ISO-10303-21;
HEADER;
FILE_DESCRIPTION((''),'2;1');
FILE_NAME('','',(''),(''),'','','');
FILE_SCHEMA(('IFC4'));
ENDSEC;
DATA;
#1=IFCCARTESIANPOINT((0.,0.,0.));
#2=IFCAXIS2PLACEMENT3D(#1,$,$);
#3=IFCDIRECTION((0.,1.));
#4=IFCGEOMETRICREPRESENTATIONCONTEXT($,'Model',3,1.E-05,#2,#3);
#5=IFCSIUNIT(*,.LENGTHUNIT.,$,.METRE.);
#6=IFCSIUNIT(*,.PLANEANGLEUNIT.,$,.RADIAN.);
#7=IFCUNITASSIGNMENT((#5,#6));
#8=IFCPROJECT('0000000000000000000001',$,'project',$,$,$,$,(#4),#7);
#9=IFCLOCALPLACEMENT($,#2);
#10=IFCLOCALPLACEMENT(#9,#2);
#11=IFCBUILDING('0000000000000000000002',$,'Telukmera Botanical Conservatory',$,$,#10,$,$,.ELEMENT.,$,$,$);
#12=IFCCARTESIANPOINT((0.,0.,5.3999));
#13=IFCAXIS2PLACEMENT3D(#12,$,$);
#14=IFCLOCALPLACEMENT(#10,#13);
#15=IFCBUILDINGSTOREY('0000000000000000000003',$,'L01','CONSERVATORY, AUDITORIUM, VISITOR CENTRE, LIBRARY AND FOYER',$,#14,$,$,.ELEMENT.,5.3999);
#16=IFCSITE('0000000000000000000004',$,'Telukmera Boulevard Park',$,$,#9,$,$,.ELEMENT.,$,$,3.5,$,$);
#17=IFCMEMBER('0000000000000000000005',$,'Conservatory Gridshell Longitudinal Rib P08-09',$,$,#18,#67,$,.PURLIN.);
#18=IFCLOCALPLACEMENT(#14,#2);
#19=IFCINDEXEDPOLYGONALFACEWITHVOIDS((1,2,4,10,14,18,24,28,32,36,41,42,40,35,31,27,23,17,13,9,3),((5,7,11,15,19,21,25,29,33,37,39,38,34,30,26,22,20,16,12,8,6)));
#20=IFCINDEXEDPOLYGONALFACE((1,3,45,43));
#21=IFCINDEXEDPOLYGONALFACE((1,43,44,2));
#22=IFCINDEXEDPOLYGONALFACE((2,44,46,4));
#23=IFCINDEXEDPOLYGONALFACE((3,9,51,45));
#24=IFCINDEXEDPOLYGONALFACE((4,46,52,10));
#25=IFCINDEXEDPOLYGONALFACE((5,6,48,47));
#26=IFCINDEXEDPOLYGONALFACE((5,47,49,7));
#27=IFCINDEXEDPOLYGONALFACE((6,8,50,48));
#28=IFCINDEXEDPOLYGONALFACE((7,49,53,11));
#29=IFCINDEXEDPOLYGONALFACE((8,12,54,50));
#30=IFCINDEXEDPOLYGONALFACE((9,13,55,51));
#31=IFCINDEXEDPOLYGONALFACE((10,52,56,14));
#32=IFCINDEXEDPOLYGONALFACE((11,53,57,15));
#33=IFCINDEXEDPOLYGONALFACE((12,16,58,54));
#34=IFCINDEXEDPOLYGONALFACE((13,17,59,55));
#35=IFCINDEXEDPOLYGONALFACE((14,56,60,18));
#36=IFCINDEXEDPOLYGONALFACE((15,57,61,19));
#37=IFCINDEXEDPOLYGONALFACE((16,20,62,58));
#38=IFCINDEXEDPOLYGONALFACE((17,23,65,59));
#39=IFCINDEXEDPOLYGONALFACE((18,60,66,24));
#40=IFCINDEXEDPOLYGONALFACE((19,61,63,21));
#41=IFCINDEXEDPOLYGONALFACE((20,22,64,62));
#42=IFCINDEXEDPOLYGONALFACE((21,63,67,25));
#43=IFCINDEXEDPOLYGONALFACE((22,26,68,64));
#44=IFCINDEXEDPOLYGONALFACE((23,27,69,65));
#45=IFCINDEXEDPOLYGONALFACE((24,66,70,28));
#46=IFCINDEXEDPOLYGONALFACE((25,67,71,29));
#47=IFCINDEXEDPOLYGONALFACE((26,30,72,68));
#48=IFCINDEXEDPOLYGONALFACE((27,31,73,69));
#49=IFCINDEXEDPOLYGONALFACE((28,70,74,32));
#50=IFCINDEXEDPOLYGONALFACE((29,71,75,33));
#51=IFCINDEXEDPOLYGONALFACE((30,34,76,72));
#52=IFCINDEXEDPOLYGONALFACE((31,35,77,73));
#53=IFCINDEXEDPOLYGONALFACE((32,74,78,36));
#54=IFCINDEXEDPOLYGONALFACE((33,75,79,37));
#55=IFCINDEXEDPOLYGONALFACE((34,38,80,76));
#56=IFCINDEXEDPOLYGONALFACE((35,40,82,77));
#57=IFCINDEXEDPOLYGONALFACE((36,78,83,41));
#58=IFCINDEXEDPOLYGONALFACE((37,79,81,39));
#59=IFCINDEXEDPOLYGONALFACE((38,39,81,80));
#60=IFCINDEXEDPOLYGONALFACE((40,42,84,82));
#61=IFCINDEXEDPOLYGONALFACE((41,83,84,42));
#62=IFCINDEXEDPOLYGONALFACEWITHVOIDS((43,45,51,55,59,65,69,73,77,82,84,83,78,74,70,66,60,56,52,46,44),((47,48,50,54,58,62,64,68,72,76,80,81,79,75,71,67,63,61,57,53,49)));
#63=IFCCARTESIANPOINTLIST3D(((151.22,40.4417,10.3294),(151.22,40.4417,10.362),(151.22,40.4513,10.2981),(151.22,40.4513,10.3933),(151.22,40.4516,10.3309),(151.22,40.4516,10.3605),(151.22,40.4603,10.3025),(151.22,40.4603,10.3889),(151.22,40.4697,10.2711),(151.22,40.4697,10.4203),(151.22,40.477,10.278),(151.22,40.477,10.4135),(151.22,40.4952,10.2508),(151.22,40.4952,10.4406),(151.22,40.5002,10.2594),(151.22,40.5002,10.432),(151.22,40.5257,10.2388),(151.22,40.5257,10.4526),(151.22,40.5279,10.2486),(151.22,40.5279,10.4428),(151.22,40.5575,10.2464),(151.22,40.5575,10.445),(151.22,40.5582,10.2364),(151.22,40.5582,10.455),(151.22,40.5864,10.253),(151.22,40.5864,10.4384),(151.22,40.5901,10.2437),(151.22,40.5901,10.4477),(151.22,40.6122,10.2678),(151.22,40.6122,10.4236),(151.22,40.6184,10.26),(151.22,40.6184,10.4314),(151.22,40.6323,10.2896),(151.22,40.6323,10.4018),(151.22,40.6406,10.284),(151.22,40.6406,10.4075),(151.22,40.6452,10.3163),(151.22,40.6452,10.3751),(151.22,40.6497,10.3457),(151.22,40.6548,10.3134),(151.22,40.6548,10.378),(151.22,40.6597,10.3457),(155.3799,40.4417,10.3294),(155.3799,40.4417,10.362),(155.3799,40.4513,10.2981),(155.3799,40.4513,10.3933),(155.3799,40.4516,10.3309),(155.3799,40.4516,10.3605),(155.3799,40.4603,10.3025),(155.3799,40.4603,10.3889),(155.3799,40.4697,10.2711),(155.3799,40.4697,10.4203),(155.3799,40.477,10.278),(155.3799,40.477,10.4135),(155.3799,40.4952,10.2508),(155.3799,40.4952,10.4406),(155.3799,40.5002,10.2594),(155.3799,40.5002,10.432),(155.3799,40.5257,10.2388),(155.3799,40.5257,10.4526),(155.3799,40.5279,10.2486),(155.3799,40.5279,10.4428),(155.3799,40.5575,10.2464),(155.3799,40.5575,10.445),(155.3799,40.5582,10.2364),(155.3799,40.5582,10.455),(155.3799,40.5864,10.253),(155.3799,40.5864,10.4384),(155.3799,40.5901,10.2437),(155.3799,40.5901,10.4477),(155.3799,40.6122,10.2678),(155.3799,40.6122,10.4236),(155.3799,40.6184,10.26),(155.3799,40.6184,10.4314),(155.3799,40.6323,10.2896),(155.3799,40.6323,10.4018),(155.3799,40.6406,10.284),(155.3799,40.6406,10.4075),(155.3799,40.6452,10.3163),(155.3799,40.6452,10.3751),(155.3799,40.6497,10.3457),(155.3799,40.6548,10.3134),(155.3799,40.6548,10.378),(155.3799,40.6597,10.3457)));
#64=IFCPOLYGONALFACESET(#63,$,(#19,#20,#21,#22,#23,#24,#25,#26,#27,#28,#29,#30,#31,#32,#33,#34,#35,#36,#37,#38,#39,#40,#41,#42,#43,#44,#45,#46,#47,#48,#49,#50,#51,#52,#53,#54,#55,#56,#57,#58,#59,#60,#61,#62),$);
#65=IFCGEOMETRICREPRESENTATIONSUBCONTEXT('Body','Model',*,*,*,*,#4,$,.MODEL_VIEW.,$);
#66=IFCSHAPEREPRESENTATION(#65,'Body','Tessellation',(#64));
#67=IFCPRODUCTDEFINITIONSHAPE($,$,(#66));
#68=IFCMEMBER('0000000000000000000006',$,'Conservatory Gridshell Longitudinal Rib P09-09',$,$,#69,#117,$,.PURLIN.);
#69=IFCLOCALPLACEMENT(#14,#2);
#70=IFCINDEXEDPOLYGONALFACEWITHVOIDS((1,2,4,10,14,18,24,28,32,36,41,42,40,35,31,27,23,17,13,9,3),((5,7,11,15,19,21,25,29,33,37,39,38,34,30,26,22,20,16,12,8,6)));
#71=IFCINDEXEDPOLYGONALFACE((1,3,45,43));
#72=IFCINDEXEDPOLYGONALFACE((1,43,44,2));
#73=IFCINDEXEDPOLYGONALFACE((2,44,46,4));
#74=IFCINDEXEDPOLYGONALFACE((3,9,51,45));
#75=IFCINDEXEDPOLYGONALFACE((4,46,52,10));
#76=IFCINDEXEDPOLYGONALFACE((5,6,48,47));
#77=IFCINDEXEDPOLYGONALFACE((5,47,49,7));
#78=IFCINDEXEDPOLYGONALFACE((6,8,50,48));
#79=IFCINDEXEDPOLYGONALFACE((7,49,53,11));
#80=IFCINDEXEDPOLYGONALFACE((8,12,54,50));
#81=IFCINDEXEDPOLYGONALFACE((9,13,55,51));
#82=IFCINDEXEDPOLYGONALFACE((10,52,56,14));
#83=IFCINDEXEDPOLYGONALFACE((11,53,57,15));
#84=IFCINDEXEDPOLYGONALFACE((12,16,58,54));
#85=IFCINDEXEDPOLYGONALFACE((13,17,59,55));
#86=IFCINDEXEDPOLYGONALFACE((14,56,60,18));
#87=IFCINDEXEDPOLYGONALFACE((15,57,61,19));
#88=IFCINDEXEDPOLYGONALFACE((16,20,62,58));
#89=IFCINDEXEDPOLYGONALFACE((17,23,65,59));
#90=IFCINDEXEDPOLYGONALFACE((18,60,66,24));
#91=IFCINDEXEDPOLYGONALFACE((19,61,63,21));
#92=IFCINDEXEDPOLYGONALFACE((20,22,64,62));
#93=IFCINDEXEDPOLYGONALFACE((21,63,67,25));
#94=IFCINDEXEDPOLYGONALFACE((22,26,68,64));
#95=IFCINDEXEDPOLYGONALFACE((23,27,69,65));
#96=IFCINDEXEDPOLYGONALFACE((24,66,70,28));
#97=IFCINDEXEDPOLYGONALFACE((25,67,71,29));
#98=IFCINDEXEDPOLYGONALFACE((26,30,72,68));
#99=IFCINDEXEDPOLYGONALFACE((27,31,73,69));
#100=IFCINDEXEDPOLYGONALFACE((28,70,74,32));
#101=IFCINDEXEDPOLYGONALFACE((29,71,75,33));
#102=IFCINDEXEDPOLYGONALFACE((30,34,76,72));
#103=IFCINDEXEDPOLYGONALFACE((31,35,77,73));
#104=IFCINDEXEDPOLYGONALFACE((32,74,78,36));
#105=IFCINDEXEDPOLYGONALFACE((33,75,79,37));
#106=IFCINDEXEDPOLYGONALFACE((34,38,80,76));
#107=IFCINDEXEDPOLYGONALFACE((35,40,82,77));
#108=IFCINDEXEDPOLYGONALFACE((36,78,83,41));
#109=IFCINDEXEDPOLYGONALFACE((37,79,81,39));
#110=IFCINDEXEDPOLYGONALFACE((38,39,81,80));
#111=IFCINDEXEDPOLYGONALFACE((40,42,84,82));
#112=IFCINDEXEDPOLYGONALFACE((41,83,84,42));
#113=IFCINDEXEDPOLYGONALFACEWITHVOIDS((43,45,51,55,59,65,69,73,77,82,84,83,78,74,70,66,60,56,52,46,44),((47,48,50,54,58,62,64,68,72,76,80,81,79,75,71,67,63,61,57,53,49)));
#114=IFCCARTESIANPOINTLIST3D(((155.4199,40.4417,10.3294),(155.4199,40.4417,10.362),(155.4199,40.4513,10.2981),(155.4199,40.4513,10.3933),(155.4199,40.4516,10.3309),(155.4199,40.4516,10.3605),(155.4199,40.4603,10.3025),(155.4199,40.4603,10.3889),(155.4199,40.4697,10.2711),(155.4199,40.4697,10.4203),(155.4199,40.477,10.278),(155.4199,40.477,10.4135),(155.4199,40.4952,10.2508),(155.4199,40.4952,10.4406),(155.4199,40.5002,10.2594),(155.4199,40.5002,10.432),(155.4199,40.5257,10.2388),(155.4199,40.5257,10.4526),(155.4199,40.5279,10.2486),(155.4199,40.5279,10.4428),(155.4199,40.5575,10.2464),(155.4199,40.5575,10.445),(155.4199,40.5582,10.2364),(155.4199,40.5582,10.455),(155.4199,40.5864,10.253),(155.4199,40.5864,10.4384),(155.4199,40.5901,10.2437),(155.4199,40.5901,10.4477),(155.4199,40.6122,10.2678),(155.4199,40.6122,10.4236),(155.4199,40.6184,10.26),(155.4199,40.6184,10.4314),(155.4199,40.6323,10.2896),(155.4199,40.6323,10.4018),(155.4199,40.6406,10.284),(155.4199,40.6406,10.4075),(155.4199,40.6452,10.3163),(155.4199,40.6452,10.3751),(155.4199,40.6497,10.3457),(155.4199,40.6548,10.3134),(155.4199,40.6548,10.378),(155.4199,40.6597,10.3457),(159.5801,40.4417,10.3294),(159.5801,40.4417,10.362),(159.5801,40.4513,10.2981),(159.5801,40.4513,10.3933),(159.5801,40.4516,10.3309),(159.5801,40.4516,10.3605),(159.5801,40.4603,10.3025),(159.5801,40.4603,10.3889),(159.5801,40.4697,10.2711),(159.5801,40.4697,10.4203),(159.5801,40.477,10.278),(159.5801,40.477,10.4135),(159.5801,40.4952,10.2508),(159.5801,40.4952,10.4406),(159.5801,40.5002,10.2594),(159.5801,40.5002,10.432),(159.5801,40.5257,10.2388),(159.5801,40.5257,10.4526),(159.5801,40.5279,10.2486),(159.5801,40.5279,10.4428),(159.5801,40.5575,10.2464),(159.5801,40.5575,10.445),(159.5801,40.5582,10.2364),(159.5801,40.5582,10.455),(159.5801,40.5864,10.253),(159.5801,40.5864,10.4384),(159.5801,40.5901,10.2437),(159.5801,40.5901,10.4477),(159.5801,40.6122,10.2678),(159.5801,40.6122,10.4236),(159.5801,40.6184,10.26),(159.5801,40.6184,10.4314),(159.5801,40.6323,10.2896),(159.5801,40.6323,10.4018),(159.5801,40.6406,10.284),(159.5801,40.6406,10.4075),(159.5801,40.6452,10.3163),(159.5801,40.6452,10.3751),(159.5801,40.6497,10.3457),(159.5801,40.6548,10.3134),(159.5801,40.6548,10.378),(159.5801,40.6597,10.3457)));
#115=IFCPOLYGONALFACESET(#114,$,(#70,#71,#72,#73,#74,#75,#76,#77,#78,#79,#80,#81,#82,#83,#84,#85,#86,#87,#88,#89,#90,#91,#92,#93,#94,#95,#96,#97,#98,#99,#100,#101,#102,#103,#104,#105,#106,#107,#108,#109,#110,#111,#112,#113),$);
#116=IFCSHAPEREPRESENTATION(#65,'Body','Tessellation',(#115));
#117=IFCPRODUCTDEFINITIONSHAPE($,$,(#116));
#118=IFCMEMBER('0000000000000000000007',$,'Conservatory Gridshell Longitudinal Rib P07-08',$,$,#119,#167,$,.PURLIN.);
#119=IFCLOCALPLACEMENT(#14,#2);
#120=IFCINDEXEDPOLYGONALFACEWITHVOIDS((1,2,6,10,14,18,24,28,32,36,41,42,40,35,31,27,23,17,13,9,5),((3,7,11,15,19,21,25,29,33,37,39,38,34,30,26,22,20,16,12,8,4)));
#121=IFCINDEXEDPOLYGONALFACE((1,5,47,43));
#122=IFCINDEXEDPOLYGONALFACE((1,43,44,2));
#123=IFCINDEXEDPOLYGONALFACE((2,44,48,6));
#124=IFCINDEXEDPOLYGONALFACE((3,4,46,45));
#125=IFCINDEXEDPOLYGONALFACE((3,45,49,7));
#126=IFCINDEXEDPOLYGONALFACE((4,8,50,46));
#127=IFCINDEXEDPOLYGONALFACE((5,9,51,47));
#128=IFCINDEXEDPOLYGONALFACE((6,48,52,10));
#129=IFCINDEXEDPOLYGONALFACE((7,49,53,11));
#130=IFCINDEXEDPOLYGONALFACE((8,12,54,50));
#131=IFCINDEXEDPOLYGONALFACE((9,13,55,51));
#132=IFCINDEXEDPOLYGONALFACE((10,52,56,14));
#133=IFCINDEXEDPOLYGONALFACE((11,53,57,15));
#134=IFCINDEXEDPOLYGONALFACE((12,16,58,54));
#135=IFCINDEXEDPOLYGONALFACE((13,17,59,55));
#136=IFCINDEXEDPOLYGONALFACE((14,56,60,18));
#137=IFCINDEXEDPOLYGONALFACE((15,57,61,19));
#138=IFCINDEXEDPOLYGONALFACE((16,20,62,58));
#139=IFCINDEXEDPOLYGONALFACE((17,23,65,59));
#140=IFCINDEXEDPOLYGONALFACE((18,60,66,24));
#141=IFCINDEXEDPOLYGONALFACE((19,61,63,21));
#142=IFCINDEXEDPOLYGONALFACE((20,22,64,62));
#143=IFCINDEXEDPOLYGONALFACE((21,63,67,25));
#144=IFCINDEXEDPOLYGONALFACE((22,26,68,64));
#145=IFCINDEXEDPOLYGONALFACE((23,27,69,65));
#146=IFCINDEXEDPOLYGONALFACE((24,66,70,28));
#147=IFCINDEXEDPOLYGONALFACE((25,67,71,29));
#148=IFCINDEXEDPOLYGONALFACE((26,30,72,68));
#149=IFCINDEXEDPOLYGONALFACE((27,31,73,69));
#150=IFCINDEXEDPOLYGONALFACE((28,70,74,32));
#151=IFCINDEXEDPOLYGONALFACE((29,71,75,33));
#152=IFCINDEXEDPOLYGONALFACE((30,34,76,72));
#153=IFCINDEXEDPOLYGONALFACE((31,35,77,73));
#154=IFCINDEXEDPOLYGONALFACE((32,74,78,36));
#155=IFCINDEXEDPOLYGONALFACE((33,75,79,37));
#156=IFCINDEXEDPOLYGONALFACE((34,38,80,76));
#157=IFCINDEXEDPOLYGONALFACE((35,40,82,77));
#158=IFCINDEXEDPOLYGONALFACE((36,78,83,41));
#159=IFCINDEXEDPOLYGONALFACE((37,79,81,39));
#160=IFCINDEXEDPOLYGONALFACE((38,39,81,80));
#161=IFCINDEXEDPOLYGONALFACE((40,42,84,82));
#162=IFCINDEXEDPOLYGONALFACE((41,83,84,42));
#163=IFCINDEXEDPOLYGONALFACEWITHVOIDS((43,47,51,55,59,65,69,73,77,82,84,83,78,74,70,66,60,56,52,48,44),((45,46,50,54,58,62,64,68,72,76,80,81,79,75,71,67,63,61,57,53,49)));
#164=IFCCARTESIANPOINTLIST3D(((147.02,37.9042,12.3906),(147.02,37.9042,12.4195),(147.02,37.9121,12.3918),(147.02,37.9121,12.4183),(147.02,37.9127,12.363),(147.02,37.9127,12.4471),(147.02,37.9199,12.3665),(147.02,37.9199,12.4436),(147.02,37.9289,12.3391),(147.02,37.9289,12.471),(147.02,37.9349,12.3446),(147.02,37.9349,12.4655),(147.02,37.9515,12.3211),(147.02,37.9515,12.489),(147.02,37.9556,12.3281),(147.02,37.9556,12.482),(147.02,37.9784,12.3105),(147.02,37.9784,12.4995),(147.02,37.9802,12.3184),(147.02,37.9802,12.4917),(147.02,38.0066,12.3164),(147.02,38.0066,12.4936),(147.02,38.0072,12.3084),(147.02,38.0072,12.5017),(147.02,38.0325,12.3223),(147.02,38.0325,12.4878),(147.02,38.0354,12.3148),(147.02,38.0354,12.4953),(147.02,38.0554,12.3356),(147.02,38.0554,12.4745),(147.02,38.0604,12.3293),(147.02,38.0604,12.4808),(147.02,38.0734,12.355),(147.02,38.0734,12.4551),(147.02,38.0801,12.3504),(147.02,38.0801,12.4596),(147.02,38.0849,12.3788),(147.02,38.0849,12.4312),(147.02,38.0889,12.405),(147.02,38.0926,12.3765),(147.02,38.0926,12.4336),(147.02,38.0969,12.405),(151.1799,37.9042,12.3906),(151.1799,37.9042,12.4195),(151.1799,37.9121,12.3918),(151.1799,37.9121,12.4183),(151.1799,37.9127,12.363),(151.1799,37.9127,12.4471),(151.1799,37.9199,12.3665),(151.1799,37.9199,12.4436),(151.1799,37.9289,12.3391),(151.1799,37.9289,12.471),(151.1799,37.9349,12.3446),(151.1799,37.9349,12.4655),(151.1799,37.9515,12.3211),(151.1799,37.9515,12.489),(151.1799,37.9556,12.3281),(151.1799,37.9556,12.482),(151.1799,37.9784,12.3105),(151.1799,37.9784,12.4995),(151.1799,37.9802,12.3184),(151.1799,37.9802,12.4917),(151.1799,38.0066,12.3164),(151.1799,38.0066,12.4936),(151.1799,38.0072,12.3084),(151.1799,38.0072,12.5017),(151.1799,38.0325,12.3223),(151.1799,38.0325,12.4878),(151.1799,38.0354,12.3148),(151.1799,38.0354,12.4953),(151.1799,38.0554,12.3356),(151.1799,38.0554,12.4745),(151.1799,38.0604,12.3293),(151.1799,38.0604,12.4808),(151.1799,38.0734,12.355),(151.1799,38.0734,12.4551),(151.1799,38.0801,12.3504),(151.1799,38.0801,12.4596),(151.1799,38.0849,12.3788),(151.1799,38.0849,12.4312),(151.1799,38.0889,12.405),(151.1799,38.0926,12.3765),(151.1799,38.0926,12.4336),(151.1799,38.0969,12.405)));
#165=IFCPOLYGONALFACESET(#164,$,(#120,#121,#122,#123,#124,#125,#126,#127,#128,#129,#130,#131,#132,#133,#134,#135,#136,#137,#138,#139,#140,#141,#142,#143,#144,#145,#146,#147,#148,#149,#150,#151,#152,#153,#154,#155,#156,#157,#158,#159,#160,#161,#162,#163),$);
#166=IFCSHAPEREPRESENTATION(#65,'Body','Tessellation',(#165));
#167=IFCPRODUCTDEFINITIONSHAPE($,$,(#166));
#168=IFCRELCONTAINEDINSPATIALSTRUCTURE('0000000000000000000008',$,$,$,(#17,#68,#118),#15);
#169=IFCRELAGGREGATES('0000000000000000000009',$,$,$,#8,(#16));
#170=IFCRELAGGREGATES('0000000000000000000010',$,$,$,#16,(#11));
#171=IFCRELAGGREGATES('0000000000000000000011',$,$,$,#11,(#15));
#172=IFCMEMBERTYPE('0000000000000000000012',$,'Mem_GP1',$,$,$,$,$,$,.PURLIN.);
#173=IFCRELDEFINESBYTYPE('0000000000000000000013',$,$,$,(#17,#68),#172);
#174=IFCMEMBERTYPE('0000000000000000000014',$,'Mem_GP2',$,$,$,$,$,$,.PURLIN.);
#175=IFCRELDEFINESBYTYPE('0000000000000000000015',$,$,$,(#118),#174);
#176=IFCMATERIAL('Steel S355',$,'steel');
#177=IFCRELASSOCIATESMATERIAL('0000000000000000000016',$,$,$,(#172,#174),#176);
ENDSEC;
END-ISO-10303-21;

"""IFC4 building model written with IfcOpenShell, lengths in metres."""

from ifc_helpers import new_model, si_unit, direction, frame, origin, origin_2d, place, context, subcontext, project, spatial, hollow_circle, extrude, material, material_profile, profile_set, type_object, element, save


model = new_model("IFC4")

# Units and contexts
model_context = context("Model", 3, precision=1e-05, world=origin(), true_north=direction((0.0, 1.0)))
body_context = subcontext(model_context, "Body", "Model", "MODEL_VIEW")
ifc_project = project(units=[si_unit("LENGTHUNIT", "METRE"), si_unit("PLANEANGLEUNIT", "RADIAN")], contexts=[model_context])

# Site, building, storey
site_placement = place(None, origin())
site = spatial("IfcSite", under=ifc_project, at=site_placement, Name="Telukmera Boulevard Park", CompositionType="ELEMENT", RefElevation=3.5)
building_placement = place(site_placement, origin())
building = spatial("IfcBuilding", under=site, at=building_placement, Name="Telukmera Botanical Conservatory", CompositionType="ELEMENT")
storey_placement = place(building_placement, frame((0.0, 0.0, 5.3999)))
storey = spatial("IfcBuildingStorey", under=building, at=storey_placement, Name="L01", Description="CONSERVATORY, AUDITORIUM, VISITOR CENTRE, LIBRARY AND FOYER", CompositionType="ELEMENT", Elevation=5.3999)

# Shared definitions
ifc_material_1 = material(Name="Steel S355", Category="steel")

# Members
ifc_material_profile_1 = material_profile(ifc_material_1, hollow_circle(Radius=0.1096, WallThickness=0.01, at=origin_2d()), Name="CHS 219.1x10.0")
ifc_profile_set_1 = profile_set([ifc_material_profile_1], Name="Steel S355")
member_type_1 = type_object("IfcMemberType", Name="Mem_GP1", PredefinedType="PURLIN", material=ifc_profile_set_1)
for number, where, z_axis, x_axis, name in (
    (1, (151.22, 40.55, 10.3457), (1.0, 0.0, 0.0), (0.0, 1.0, 0.0), "Conservatory Gridshell Longitudinal Rib P08-09"),
):
    element("IfcMember", number, at=place(storey_placement, frame(where, z_axis=z_axis, x_axis=x_axis)), inside=storey, type_object=member_type_1, Name=name, PredefinedType="PURLIN", context=body_context, shape_type="SweptSolid", body=[
        extrude(hollow_circle(Radius=0.1096, WallThickness=0.01, at=origin_2d()), origin(), (0.0, 0.0, 1.0), 4.1599),
    ])
member_1_placement = place(storey_placement, frame((155.4199, 40.55, 10.3457), z_axis=(1.0, 0.0, 0.0), x_axis=(0.0, 1.0, 0.0)))
element("IfcMember", 2, at=member_1_placement, inside=storey, type_object=member_type_1, Name="Conservatory Gridshell Longitudinal Rib P09-09", PredefinedType="PURLIN", context=body_context, shape_type="SweptSolid", body=[
    extrude(hollow_circle(Radius=0.1096, WallThickness=0.01, at=origin_2d()), origin(), (0.0, 0.0, 1.0), 4.1602),
])
ifc_material_profile_2 = material_profile(ifc_material_1, hollow_circle(Radius=0.0969, WallThickness=0.0081, at=origin_2d()), Name="CHS 193.7x8.0")
ifc_profile_set_2 = profile_set([ifc_material_profile_2], Name="Steel S355")
member_type_2 = type_object("IfcMemberType", Name="Mem_GP2", PredefinedType="PURLIN", material=ifc_profile_set_2)
for number, where, z_axis, x_axis, name in (
    (3, (147.02, 38.0, 12.405), (1.0, 0.0, 0.0), (0.0, 1.0, 0.0), "Conservatory Gridshell Longitudinal Rib P07-08"),
):
    element("IfcMember", number, at=place(storey_placement, frame(where, z_axis=z_axis, x_axis=x_axis)), inside=storey, type_object=member_type_2, Name=name, PredefinedType="PURLIN", context=body_context, shape_type="SweptSolid", body=[
        extrude(hollow_circle(Radius=0.0969, WallThickness=0.0081, at=origin_2d()), origin(), (0.0, 0.0, 1.0), 4.1599),
    ])

save(model, "model.ifc")
